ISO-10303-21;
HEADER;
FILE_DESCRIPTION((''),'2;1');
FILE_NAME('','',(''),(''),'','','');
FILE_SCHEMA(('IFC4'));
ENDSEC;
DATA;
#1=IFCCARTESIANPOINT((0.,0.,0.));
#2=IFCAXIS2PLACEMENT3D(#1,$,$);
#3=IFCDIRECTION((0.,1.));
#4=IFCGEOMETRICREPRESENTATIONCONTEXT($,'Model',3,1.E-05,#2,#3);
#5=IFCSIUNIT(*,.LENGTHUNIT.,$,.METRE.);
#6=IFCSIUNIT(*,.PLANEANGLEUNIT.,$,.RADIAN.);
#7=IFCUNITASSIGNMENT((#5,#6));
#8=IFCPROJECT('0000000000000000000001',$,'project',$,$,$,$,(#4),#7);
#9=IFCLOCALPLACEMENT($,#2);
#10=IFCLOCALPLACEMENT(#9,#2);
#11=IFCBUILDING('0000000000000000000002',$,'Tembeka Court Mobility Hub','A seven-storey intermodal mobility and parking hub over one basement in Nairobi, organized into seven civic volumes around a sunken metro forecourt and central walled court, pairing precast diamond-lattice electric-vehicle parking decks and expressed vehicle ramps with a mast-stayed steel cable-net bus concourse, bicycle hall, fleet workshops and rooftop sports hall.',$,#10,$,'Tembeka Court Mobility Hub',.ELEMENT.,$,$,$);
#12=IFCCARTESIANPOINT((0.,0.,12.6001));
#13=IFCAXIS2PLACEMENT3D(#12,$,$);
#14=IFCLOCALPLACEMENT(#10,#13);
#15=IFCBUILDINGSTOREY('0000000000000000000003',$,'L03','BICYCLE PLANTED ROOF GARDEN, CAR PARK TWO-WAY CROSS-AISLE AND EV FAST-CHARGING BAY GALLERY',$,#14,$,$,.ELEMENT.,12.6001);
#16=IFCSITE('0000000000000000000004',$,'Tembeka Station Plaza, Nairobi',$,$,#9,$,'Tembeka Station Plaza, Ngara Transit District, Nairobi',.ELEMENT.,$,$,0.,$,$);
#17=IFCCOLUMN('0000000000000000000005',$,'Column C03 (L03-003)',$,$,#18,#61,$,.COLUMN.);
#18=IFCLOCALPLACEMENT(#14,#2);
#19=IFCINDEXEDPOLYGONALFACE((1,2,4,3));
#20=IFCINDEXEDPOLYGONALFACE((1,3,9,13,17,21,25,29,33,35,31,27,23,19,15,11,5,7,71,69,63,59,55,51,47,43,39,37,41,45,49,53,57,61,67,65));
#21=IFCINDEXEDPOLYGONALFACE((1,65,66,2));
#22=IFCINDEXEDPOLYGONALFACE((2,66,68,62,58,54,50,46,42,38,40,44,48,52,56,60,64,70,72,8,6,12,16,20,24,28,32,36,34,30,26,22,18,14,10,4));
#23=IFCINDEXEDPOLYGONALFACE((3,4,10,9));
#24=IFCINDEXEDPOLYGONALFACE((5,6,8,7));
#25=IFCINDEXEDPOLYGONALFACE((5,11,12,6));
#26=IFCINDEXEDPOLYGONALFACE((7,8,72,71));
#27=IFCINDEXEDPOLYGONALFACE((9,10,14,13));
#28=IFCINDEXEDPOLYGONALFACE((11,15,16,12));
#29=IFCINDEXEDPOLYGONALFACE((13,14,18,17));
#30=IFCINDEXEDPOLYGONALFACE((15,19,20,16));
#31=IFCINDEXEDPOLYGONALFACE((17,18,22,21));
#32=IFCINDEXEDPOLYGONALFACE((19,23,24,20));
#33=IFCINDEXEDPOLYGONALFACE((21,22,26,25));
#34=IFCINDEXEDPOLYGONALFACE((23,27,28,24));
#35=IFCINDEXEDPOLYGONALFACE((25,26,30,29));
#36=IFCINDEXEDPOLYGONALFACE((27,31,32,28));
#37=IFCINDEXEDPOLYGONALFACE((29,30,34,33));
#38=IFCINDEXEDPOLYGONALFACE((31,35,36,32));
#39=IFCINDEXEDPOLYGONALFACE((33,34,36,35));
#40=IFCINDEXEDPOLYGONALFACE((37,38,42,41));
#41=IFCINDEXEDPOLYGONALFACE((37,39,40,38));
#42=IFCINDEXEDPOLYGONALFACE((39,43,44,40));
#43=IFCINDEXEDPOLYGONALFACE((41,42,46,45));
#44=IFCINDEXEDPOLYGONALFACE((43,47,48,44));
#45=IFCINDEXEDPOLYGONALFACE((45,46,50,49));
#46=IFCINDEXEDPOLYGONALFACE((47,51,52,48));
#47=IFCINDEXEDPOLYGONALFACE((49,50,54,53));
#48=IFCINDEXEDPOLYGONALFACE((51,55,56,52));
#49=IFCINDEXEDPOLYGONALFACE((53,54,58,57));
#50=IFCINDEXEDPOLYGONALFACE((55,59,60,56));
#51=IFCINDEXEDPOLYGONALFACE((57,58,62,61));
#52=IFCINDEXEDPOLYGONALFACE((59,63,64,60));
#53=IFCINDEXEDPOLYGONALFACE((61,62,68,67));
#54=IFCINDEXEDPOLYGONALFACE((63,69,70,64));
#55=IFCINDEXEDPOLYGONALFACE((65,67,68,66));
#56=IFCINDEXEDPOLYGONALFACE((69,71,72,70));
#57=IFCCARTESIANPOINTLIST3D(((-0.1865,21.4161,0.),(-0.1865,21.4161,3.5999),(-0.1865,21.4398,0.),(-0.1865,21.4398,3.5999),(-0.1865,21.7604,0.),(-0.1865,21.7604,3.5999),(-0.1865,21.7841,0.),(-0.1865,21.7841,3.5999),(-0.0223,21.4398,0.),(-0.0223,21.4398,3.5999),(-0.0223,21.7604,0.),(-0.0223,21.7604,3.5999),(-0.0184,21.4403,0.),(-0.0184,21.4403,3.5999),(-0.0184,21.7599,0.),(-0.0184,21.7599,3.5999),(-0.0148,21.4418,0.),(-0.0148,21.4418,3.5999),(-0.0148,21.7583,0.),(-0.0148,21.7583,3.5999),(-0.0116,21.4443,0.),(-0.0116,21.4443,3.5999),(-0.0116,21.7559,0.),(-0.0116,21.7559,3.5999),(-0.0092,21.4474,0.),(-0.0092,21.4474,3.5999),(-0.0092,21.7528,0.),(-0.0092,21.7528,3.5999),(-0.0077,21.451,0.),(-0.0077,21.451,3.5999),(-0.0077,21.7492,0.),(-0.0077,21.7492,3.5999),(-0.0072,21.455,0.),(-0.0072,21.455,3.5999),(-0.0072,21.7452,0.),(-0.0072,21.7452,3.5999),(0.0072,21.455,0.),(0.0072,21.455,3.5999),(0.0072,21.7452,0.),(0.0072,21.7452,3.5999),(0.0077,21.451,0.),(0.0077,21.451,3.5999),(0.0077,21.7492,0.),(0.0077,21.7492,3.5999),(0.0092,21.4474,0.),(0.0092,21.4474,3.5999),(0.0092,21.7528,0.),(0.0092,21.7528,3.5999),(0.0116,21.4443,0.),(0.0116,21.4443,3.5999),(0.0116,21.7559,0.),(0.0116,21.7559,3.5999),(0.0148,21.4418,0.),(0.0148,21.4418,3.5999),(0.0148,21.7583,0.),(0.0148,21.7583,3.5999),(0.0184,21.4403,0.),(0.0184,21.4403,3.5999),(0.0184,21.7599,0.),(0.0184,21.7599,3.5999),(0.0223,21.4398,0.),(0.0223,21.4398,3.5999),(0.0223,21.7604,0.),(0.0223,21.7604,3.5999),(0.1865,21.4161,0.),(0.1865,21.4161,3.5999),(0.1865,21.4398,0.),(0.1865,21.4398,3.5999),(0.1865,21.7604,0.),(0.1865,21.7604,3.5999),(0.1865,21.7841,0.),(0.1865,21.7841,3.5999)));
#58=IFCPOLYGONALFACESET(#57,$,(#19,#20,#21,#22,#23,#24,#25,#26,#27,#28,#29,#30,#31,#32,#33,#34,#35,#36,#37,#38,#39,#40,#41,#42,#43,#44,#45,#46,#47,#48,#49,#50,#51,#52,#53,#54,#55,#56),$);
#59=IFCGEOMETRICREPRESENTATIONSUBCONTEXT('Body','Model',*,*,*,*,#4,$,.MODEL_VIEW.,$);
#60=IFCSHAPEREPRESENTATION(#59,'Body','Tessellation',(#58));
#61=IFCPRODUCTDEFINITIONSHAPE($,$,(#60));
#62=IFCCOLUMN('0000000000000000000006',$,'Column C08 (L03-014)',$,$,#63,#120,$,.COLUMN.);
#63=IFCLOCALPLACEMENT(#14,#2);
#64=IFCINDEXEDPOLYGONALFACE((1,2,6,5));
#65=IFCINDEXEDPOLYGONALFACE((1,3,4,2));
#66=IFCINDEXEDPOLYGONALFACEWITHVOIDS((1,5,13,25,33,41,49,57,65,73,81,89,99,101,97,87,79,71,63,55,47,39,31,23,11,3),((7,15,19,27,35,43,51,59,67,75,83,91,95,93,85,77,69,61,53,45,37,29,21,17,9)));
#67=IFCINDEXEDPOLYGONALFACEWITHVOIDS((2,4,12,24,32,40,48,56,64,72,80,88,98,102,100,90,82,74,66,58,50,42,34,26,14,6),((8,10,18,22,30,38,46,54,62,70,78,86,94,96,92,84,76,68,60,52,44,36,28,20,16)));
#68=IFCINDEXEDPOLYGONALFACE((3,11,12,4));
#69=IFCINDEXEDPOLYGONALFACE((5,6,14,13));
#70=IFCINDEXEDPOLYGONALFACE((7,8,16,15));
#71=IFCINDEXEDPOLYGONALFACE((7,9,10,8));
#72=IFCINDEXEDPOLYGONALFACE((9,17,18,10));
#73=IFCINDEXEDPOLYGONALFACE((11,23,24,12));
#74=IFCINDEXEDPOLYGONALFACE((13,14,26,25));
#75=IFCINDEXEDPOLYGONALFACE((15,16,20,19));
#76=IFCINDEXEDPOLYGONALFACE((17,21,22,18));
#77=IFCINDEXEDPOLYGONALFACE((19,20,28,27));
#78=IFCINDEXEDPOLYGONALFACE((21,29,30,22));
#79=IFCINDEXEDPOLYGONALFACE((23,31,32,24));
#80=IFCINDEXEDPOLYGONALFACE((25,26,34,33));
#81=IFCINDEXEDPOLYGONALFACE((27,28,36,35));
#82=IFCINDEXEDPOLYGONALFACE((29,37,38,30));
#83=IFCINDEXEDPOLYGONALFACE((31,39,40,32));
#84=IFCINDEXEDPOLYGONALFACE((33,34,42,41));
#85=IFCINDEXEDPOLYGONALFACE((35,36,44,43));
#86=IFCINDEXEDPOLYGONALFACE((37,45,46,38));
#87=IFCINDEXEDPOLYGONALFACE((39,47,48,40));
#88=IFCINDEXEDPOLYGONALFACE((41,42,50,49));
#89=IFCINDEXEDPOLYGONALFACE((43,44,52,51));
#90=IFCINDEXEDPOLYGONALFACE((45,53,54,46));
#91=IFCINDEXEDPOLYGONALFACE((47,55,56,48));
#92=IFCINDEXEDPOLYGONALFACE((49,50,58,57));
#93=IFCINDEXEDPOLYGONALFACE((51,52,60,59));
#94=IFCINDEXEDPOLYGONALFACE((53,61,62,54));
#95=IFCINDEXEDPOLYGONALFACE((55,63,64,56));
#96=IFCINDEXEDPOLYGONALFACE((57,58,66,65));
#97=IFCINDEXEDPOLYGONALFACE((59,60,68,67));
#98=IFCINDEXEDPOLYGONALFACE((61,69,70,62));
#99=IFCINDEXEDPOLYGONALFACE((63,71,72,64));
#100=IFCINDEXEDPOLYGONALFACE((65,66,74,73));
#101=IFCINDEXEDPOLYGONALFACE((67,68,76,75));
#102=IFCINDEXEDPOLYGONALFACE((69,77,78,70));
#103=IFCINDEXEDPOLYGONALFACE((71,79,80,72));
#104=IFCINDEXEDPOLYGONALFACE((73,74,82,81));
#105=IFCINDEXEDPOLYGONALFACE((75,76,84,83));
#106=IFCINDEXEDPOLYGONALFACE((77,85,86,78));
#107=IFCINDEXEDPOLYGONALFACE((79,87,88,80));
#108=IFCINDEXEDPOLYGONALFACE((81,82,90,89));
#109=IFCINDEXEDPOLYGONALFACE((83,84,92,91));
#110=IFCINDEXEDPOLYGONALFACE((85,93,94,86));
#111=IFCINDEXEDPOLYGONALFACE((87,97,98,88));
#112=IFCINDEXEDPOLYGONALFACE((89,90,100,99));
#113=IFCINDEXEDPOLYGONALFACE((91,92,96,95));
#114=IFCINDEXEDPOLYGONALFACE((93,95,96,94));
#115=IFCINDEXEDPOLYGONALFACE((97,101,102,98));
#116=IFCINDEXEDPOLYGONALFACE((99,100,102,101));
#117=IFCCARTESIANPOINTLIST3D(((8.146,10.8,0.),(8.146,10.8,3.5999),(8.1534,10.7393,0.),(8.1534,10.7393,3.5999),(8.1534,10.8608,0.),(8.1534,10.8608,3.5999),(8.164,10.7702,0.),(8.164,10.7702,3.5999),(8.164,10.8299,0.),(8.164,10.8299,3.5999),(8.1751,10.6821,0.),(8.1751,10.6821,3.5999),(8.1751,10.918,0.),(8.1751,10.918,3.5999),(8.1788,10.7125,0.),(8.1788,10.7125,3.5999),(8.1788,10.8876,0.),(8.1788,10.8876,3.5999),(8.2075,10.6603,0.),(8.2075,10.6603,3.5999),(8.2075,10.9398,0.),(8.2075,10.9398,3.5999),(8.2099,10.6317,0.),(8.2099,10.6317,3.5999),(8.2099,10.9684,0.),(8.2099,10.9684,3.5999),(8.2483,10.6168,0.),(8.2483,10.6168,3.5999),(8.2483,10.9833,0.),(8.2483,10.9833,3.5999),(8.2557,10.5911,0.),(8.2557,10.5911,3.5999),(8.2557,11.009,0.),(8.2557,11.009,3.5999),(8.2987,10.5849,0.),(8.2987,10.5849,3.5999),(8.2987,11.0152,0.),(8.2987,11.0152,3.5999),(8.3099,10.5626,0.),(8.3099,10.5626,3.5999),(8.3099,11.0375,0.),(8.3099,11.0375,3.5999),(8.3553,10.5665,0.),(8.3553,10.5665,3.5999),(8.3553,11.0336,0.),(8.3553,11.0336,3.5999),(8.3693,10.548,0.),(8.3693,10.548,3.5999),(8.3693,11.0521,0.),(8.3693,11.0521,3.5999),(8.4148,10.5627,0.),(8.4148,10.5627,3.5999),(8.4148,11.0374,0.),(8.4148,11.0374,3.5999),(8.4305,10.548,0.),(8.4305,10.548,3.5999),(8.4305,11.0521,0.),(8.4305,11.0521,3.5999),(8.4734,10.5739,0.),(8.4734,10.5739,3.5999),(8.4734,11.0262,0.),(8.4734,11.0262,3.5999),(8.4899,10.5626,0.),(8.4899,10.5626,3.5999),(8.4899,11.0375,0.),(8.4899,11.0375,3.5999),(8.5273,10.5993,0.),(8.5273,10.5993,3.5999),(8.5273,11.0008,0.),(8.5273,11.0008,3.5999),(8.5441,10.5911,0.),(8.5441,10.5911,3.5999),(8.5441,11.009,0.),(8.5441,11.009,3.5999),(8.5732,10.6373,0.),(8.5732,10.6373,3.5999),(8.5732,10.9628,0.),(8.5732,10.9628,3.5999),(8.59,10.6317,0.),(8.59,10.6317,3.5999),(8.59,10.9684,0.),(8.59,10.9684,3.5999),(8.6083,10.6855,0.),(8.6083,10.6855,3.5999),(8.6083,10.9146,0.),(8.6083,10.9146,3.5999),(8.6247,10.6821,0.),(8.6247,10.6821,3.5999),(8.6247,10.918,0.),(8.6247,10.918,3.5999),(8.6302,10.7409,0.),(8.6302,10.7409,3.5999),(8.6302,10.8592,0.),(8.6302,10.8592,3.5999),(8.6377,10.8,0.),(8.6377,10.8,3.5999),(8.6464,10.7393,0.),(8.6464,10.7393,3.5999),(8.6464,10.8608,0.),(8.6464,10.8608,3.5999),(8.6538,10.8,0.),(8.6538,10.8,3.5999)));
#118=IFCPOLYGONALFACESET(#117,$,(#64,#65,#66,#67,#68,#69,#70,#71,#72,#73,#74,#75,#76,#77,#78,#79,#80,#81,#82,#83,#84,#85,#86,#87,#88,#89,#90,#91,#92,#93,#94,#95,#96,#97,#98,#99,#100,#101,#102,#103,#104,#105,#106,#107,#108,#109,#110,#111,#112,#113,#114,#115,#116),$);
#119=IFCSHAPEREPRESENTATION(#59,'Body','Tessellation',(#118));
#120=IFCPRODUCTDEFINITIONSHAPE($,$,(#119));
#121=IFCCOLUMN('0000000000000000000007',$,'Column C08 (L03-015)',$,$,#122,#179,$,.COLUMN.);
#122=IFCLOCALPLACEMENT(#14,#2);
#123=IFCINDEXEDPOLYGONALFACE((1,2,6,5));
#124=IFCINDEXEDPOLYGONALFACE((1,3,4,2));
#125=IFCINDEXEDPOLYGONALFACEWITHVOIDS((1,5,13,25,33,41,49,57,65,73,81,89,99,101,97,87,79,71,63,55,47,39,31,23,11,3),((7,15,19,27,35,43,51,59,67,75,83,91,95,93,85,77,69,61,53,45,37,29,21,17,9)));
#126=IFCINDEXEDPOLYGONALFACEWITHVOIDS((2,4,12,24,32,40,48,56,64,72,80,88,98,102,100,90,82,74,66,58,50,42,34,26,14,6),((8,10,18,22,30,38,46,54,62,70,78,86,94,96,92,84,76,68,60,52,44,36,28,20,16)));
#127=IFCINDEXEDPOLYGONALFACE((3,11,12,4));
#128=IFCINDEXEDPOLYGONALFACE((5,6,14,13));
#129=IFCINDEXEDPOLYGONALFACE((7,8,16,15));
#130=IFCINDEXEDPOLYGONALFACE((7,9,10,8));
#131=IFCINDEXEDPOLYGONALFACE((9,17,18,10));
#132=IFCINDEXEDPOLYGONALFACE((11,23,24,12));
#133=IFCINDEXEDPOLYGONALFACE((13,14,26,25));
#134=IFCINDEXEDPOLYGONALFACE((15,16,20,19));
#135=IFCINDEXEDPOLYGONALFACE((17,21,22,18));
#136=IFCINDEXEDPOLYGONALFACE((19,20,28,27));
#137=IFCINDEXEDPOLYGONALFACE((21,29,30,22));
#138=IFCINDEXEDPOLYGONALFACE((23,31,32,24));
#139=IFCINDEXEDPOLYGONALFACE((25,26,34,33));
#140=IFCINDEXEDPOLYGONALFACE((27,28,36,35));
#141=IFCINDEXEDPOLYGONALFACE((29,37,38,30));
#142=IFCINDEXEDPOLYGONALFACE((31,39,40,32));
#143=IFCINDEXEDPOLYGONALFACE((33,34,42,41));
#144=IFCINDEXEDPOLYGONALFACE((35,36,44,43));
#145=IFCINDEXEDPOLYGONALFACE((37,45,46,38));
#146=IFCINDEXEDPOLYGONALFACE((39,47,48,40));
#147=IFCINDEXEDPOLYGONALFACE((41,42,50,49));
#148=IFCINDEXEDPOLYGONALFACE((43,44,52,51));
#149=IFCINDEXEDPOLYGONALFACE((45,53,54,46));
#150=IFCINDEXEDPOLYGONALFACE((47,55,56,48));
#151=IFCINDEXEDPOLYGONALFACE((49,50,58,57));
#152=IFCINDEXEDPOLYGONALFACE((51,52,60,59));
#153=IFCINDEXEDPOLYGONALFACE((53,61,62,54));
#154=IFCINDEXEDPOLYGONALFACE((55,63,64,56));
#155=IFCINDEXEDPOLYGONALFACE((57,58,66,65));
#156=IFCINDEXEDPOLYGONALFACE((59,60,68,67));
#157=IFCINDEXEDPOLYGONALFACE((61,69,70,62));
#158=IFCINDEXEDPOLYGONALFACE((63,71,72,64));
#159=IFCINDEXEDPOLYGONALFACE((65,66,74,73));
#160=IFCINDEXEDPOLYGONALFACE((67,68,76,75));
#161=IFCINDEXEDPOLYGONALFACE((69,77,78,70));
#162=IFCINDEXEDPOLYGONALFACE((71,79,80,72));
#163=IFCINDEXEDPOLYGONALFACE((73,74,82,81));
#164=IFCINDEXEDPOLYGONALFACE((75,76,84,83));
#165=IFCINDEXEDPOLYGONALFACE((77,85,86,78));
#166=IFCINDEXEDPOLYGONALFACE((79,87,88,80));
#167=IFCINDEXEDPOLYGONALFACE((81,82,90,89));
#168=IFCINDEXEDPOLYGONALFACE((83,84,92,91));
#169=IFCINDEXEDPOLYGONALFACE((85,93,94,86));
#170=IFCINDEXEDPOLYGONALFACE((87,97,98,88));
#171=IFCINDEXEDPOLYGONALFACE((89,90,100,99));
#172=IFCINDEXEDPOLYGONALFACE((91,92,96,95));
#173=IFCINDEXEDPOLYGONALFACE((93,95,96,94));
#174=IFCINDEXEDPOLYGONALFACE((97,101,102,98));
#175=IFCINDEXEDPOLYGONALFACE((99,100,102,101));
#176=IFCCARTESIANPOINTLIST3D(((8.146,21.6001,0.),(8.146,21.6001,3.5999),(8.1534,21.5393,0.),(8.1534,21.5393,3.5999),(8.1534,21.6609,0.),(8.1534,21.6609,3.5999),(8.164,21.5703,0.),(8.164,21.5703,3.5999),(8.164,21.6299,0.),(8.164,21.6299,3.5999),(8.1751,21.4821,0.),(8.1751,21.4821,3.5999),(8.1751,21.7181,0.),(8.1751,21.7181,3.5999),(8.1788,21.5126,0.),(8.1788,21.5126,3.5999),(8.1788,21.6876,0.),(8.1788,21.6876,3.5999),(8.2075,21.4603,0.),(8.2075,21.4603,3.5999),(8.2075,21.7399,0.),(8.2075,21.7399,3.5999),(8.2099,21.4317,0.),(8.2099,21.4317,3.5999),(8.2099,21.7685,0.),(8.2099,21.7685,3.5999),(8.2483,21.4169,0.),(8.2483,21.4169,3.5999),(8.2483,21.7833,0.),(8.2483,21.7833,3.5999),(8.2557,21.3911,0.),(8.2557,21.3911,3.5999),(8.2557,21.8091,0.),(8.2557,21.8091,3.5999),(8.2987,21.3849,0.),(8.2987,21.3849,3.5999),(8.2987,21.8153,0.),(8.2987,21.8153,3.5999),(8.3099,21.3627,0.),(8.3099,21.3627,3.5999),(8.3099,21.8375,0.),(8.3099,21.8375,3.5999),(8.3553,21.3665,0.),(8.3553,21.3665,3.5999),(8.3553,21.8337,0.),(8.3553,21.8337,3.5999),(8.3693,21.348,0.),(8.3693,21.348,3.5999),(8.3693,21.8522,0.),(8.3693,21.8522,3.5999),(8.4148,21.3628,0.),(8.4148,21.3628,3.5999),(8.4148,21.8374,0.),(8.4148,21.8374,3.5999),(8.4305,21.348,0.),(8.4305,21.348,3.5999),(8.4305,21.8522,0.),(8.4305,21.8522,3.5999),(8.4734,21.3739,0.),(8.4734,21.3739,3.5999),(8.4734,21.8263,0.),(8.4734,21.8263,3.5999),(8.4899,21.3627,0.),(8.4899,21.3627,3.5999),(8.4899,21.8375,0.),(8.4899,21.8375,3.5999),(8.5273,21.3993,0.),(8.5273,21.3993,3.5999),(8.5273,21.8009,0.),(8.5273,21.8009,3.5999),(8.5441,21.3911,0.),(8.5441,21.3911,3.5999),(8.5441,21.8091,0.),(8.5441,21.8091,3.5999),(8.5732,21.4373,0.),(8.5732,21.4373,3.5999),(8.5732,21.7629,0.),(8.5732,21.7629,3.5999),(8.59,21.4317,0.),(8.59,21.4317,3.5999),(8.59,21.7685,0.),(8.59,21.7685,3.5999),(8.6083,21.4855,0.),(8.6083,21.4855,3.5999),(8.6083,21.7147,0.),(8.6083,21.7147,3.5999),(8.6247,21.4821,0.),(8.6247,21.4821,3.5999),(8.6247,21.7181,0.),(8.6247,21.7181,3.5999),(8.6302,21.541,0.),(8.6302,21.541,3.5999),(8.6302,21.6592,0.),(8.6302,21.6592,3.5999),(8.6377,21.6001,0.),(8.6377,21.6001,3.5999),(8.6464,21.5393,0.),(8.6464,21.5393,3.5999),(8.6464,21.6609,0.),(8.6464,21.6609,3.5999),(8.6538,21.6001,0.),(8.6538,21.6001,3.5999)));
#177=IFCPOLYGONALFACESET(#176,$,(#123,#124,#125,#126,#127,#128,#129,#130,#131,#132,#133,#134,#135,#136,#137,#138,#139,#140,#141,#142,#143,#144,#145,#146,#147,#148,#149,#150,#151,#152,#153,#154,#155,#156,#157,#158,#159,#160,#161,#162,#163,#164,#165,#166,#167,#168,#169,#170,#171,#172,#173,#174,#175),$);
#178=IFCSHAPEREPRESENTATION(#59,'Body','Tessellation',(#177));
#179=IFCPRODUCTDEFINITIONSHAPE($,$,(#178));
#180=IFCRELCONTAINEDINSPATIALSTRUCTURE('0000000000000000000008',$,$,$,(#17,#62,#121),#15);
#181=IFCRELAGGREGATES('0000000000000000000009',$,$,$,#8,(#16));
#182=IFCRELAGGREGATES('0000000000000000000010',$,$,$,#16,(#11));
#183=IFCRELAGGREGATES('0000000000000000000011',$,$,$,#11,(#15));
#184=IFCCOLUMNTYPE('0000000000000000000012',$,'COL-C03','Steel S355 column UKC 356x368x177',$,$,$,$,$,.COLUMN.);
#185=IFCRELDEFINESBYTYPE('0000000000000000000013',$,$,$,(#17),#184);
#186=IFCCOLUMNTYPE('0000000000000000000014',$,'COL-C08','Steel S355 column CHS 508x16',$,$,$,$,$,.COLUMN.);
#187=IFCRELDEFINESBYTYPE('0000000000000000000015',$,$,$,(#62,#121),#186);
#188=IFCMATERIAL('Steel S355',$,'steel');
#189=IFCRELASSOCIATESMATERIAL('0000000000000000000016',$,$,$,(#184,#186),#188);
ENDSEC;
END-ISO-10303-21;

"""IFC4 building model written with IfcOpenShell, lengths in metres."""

from ifc_helpers import new_model, si_unit, direction, frame, origin, origin_2d, place, context, subcontext, project, spatial, hollow_circle, i_section, extrude, material, material_profile, profile_set, type_object, element, save


model = new_model("IFC4")

# Units and contexts
model_context = context("Model", 3, precision=1e-05, world=origin(), true_north=direction((0.0, 1.0)))
body_context = subcontext(model_context, "Body", "Model", "MODEL_VIEW")
ifc_project = project(units=[si_unit("LENGTHUNIT", "METRE"), si_unit("PLANEANGLEUNIT", "RADIAN")], contexts=[model_context])

# Site, building, storey
site_placement = place(None, origin())
site = spatial("IfcSite", under=ifc_project, at=site_placement, Name="Tembeka Station Plaza, Nairobi", LongName="Tembeka Station Plaza, Ngara Transit District, Nairobi", CompositionType="ELEMENT", RefElevation=0.0)
building_placement = place(site_placement, origin())
building = spatial("IfcBuilding", under=site, at=building_placement, Name="Tembeka Court Mobility Hub", Description="A seven-storey intermodal mobility and parking hub over one basement in Nairobi, organized into seven civic volumes around a sunken metro forecourt and central walled court, pairing precast diamond-lattice electric-vehicle parking decks and expressed vehicle ramps with a mast-stayed steel cable-net bus concourse, bicycle hall, fleet workshops and rooftop sports hall.", LongName="Tembeka Court Mobility Hub", CompositionType="ELEMENT")
storey_placement = place(building_placement, frame((0.0, 0.0, 12.6001)))
storey = spatial("IfcBuildingStorey", under=building, at=storey_placement, Name="L03", Description="BICYCLE PLANTED ROOF GARDEN, CAR PARK TWO-WAY CROSS-AISLE AND EV FAST-CHARGING BAY GALLERY", CompositionType="ELEMENT", Elevation=12.6001)

# Columns
ifc_material_1 = material(Name="Steel S355", Category="steel")
ifc_material_profile_1 = material_profile(ifc_material_1, i_section(OverallWidth=0.373, OverallDepth=0.3679, WebThickness=0.0144, FlangeThickness=0.0237, FilletRadius=0.0151, at=origin_2d()), Name="UKC 356x368x177")
ifc_profile_set_1 = profile_set([ifc_material_profile_1], Name="Steel S355")
column_type_1 = type_object("IfcColumnType", Name="COL-C03", Description="Steel S355 column UKC 356x368x177", PredefinedType="COLUMN", material=ifc_profile_set_1)
column_placement = place(storey_placement, frame((0.0, 21.6001, 0.0), z_axis=(0.0, 0.0, 1.0), x_axis=(1.0, 0.0, 0.0)))
element("IfcColumn", 1, at=column_placement, inside=storey, type_object=column_type_1, Name="Column C03 (L03-003)", PredefinedType="COLUMN", context=body_context, shape_type="SweptSolid", body=[
    extrude(i_section(OverallWidth=0.373, OverallDepth=0.3679, WebThickness=0.0144, FlangeThickness=0.0237, FilletRadius=0.0151, at=origin_2d()), origin(), (0.0, 0.0, 1.0), 3.5999),
])
ifc_material_profile_2 = material_profile(ifc_material_1, hollow_circle(Radius=0.2539, WallThickness=0.0161, at=origin_2d()), Name="CHS 508x16")
ifc_profile_set_2 = profile_set([ifc_material_profile_2], Name="Steel S355")
column_type_2 = type_object("IfcColumnType", Name="COL-C08", Description="Steel S355 column CHS 508x16", PredefinedType="COLUMN", material=ifc_profile_set_2)
for number, where, z_axis, x_axis, name in (
    (2, (8.3999, 10.8, 0.0), (0.0, 0.0, 1.0), (1.0, 0.0, 0.0), "Column C08 (L03-014)"),
    (3, (8.3999, 21.6001, 0.0), (0.0, 0.0, 1.0), (1.0, 0.0, 0.0), "Column C08 (L03-015)"),
):
    element("IfcColumn", number, at=place(storey_placement, frame(where, z_axis=z_axis, x_axis=x_axis)), inside=storey, type_object=column_type_2, Name=name, PredefinedType="COLUMN", context=body_context, shape_type="SweptSolid", body=[
        extrude(hollow_circle(Radius=0.2539, WallThickness=0.0161, at=origin_2d()), origin(), (0.0, 0.0, 1.0), 3.5999),
    ])

save(model, "model.ifc")
